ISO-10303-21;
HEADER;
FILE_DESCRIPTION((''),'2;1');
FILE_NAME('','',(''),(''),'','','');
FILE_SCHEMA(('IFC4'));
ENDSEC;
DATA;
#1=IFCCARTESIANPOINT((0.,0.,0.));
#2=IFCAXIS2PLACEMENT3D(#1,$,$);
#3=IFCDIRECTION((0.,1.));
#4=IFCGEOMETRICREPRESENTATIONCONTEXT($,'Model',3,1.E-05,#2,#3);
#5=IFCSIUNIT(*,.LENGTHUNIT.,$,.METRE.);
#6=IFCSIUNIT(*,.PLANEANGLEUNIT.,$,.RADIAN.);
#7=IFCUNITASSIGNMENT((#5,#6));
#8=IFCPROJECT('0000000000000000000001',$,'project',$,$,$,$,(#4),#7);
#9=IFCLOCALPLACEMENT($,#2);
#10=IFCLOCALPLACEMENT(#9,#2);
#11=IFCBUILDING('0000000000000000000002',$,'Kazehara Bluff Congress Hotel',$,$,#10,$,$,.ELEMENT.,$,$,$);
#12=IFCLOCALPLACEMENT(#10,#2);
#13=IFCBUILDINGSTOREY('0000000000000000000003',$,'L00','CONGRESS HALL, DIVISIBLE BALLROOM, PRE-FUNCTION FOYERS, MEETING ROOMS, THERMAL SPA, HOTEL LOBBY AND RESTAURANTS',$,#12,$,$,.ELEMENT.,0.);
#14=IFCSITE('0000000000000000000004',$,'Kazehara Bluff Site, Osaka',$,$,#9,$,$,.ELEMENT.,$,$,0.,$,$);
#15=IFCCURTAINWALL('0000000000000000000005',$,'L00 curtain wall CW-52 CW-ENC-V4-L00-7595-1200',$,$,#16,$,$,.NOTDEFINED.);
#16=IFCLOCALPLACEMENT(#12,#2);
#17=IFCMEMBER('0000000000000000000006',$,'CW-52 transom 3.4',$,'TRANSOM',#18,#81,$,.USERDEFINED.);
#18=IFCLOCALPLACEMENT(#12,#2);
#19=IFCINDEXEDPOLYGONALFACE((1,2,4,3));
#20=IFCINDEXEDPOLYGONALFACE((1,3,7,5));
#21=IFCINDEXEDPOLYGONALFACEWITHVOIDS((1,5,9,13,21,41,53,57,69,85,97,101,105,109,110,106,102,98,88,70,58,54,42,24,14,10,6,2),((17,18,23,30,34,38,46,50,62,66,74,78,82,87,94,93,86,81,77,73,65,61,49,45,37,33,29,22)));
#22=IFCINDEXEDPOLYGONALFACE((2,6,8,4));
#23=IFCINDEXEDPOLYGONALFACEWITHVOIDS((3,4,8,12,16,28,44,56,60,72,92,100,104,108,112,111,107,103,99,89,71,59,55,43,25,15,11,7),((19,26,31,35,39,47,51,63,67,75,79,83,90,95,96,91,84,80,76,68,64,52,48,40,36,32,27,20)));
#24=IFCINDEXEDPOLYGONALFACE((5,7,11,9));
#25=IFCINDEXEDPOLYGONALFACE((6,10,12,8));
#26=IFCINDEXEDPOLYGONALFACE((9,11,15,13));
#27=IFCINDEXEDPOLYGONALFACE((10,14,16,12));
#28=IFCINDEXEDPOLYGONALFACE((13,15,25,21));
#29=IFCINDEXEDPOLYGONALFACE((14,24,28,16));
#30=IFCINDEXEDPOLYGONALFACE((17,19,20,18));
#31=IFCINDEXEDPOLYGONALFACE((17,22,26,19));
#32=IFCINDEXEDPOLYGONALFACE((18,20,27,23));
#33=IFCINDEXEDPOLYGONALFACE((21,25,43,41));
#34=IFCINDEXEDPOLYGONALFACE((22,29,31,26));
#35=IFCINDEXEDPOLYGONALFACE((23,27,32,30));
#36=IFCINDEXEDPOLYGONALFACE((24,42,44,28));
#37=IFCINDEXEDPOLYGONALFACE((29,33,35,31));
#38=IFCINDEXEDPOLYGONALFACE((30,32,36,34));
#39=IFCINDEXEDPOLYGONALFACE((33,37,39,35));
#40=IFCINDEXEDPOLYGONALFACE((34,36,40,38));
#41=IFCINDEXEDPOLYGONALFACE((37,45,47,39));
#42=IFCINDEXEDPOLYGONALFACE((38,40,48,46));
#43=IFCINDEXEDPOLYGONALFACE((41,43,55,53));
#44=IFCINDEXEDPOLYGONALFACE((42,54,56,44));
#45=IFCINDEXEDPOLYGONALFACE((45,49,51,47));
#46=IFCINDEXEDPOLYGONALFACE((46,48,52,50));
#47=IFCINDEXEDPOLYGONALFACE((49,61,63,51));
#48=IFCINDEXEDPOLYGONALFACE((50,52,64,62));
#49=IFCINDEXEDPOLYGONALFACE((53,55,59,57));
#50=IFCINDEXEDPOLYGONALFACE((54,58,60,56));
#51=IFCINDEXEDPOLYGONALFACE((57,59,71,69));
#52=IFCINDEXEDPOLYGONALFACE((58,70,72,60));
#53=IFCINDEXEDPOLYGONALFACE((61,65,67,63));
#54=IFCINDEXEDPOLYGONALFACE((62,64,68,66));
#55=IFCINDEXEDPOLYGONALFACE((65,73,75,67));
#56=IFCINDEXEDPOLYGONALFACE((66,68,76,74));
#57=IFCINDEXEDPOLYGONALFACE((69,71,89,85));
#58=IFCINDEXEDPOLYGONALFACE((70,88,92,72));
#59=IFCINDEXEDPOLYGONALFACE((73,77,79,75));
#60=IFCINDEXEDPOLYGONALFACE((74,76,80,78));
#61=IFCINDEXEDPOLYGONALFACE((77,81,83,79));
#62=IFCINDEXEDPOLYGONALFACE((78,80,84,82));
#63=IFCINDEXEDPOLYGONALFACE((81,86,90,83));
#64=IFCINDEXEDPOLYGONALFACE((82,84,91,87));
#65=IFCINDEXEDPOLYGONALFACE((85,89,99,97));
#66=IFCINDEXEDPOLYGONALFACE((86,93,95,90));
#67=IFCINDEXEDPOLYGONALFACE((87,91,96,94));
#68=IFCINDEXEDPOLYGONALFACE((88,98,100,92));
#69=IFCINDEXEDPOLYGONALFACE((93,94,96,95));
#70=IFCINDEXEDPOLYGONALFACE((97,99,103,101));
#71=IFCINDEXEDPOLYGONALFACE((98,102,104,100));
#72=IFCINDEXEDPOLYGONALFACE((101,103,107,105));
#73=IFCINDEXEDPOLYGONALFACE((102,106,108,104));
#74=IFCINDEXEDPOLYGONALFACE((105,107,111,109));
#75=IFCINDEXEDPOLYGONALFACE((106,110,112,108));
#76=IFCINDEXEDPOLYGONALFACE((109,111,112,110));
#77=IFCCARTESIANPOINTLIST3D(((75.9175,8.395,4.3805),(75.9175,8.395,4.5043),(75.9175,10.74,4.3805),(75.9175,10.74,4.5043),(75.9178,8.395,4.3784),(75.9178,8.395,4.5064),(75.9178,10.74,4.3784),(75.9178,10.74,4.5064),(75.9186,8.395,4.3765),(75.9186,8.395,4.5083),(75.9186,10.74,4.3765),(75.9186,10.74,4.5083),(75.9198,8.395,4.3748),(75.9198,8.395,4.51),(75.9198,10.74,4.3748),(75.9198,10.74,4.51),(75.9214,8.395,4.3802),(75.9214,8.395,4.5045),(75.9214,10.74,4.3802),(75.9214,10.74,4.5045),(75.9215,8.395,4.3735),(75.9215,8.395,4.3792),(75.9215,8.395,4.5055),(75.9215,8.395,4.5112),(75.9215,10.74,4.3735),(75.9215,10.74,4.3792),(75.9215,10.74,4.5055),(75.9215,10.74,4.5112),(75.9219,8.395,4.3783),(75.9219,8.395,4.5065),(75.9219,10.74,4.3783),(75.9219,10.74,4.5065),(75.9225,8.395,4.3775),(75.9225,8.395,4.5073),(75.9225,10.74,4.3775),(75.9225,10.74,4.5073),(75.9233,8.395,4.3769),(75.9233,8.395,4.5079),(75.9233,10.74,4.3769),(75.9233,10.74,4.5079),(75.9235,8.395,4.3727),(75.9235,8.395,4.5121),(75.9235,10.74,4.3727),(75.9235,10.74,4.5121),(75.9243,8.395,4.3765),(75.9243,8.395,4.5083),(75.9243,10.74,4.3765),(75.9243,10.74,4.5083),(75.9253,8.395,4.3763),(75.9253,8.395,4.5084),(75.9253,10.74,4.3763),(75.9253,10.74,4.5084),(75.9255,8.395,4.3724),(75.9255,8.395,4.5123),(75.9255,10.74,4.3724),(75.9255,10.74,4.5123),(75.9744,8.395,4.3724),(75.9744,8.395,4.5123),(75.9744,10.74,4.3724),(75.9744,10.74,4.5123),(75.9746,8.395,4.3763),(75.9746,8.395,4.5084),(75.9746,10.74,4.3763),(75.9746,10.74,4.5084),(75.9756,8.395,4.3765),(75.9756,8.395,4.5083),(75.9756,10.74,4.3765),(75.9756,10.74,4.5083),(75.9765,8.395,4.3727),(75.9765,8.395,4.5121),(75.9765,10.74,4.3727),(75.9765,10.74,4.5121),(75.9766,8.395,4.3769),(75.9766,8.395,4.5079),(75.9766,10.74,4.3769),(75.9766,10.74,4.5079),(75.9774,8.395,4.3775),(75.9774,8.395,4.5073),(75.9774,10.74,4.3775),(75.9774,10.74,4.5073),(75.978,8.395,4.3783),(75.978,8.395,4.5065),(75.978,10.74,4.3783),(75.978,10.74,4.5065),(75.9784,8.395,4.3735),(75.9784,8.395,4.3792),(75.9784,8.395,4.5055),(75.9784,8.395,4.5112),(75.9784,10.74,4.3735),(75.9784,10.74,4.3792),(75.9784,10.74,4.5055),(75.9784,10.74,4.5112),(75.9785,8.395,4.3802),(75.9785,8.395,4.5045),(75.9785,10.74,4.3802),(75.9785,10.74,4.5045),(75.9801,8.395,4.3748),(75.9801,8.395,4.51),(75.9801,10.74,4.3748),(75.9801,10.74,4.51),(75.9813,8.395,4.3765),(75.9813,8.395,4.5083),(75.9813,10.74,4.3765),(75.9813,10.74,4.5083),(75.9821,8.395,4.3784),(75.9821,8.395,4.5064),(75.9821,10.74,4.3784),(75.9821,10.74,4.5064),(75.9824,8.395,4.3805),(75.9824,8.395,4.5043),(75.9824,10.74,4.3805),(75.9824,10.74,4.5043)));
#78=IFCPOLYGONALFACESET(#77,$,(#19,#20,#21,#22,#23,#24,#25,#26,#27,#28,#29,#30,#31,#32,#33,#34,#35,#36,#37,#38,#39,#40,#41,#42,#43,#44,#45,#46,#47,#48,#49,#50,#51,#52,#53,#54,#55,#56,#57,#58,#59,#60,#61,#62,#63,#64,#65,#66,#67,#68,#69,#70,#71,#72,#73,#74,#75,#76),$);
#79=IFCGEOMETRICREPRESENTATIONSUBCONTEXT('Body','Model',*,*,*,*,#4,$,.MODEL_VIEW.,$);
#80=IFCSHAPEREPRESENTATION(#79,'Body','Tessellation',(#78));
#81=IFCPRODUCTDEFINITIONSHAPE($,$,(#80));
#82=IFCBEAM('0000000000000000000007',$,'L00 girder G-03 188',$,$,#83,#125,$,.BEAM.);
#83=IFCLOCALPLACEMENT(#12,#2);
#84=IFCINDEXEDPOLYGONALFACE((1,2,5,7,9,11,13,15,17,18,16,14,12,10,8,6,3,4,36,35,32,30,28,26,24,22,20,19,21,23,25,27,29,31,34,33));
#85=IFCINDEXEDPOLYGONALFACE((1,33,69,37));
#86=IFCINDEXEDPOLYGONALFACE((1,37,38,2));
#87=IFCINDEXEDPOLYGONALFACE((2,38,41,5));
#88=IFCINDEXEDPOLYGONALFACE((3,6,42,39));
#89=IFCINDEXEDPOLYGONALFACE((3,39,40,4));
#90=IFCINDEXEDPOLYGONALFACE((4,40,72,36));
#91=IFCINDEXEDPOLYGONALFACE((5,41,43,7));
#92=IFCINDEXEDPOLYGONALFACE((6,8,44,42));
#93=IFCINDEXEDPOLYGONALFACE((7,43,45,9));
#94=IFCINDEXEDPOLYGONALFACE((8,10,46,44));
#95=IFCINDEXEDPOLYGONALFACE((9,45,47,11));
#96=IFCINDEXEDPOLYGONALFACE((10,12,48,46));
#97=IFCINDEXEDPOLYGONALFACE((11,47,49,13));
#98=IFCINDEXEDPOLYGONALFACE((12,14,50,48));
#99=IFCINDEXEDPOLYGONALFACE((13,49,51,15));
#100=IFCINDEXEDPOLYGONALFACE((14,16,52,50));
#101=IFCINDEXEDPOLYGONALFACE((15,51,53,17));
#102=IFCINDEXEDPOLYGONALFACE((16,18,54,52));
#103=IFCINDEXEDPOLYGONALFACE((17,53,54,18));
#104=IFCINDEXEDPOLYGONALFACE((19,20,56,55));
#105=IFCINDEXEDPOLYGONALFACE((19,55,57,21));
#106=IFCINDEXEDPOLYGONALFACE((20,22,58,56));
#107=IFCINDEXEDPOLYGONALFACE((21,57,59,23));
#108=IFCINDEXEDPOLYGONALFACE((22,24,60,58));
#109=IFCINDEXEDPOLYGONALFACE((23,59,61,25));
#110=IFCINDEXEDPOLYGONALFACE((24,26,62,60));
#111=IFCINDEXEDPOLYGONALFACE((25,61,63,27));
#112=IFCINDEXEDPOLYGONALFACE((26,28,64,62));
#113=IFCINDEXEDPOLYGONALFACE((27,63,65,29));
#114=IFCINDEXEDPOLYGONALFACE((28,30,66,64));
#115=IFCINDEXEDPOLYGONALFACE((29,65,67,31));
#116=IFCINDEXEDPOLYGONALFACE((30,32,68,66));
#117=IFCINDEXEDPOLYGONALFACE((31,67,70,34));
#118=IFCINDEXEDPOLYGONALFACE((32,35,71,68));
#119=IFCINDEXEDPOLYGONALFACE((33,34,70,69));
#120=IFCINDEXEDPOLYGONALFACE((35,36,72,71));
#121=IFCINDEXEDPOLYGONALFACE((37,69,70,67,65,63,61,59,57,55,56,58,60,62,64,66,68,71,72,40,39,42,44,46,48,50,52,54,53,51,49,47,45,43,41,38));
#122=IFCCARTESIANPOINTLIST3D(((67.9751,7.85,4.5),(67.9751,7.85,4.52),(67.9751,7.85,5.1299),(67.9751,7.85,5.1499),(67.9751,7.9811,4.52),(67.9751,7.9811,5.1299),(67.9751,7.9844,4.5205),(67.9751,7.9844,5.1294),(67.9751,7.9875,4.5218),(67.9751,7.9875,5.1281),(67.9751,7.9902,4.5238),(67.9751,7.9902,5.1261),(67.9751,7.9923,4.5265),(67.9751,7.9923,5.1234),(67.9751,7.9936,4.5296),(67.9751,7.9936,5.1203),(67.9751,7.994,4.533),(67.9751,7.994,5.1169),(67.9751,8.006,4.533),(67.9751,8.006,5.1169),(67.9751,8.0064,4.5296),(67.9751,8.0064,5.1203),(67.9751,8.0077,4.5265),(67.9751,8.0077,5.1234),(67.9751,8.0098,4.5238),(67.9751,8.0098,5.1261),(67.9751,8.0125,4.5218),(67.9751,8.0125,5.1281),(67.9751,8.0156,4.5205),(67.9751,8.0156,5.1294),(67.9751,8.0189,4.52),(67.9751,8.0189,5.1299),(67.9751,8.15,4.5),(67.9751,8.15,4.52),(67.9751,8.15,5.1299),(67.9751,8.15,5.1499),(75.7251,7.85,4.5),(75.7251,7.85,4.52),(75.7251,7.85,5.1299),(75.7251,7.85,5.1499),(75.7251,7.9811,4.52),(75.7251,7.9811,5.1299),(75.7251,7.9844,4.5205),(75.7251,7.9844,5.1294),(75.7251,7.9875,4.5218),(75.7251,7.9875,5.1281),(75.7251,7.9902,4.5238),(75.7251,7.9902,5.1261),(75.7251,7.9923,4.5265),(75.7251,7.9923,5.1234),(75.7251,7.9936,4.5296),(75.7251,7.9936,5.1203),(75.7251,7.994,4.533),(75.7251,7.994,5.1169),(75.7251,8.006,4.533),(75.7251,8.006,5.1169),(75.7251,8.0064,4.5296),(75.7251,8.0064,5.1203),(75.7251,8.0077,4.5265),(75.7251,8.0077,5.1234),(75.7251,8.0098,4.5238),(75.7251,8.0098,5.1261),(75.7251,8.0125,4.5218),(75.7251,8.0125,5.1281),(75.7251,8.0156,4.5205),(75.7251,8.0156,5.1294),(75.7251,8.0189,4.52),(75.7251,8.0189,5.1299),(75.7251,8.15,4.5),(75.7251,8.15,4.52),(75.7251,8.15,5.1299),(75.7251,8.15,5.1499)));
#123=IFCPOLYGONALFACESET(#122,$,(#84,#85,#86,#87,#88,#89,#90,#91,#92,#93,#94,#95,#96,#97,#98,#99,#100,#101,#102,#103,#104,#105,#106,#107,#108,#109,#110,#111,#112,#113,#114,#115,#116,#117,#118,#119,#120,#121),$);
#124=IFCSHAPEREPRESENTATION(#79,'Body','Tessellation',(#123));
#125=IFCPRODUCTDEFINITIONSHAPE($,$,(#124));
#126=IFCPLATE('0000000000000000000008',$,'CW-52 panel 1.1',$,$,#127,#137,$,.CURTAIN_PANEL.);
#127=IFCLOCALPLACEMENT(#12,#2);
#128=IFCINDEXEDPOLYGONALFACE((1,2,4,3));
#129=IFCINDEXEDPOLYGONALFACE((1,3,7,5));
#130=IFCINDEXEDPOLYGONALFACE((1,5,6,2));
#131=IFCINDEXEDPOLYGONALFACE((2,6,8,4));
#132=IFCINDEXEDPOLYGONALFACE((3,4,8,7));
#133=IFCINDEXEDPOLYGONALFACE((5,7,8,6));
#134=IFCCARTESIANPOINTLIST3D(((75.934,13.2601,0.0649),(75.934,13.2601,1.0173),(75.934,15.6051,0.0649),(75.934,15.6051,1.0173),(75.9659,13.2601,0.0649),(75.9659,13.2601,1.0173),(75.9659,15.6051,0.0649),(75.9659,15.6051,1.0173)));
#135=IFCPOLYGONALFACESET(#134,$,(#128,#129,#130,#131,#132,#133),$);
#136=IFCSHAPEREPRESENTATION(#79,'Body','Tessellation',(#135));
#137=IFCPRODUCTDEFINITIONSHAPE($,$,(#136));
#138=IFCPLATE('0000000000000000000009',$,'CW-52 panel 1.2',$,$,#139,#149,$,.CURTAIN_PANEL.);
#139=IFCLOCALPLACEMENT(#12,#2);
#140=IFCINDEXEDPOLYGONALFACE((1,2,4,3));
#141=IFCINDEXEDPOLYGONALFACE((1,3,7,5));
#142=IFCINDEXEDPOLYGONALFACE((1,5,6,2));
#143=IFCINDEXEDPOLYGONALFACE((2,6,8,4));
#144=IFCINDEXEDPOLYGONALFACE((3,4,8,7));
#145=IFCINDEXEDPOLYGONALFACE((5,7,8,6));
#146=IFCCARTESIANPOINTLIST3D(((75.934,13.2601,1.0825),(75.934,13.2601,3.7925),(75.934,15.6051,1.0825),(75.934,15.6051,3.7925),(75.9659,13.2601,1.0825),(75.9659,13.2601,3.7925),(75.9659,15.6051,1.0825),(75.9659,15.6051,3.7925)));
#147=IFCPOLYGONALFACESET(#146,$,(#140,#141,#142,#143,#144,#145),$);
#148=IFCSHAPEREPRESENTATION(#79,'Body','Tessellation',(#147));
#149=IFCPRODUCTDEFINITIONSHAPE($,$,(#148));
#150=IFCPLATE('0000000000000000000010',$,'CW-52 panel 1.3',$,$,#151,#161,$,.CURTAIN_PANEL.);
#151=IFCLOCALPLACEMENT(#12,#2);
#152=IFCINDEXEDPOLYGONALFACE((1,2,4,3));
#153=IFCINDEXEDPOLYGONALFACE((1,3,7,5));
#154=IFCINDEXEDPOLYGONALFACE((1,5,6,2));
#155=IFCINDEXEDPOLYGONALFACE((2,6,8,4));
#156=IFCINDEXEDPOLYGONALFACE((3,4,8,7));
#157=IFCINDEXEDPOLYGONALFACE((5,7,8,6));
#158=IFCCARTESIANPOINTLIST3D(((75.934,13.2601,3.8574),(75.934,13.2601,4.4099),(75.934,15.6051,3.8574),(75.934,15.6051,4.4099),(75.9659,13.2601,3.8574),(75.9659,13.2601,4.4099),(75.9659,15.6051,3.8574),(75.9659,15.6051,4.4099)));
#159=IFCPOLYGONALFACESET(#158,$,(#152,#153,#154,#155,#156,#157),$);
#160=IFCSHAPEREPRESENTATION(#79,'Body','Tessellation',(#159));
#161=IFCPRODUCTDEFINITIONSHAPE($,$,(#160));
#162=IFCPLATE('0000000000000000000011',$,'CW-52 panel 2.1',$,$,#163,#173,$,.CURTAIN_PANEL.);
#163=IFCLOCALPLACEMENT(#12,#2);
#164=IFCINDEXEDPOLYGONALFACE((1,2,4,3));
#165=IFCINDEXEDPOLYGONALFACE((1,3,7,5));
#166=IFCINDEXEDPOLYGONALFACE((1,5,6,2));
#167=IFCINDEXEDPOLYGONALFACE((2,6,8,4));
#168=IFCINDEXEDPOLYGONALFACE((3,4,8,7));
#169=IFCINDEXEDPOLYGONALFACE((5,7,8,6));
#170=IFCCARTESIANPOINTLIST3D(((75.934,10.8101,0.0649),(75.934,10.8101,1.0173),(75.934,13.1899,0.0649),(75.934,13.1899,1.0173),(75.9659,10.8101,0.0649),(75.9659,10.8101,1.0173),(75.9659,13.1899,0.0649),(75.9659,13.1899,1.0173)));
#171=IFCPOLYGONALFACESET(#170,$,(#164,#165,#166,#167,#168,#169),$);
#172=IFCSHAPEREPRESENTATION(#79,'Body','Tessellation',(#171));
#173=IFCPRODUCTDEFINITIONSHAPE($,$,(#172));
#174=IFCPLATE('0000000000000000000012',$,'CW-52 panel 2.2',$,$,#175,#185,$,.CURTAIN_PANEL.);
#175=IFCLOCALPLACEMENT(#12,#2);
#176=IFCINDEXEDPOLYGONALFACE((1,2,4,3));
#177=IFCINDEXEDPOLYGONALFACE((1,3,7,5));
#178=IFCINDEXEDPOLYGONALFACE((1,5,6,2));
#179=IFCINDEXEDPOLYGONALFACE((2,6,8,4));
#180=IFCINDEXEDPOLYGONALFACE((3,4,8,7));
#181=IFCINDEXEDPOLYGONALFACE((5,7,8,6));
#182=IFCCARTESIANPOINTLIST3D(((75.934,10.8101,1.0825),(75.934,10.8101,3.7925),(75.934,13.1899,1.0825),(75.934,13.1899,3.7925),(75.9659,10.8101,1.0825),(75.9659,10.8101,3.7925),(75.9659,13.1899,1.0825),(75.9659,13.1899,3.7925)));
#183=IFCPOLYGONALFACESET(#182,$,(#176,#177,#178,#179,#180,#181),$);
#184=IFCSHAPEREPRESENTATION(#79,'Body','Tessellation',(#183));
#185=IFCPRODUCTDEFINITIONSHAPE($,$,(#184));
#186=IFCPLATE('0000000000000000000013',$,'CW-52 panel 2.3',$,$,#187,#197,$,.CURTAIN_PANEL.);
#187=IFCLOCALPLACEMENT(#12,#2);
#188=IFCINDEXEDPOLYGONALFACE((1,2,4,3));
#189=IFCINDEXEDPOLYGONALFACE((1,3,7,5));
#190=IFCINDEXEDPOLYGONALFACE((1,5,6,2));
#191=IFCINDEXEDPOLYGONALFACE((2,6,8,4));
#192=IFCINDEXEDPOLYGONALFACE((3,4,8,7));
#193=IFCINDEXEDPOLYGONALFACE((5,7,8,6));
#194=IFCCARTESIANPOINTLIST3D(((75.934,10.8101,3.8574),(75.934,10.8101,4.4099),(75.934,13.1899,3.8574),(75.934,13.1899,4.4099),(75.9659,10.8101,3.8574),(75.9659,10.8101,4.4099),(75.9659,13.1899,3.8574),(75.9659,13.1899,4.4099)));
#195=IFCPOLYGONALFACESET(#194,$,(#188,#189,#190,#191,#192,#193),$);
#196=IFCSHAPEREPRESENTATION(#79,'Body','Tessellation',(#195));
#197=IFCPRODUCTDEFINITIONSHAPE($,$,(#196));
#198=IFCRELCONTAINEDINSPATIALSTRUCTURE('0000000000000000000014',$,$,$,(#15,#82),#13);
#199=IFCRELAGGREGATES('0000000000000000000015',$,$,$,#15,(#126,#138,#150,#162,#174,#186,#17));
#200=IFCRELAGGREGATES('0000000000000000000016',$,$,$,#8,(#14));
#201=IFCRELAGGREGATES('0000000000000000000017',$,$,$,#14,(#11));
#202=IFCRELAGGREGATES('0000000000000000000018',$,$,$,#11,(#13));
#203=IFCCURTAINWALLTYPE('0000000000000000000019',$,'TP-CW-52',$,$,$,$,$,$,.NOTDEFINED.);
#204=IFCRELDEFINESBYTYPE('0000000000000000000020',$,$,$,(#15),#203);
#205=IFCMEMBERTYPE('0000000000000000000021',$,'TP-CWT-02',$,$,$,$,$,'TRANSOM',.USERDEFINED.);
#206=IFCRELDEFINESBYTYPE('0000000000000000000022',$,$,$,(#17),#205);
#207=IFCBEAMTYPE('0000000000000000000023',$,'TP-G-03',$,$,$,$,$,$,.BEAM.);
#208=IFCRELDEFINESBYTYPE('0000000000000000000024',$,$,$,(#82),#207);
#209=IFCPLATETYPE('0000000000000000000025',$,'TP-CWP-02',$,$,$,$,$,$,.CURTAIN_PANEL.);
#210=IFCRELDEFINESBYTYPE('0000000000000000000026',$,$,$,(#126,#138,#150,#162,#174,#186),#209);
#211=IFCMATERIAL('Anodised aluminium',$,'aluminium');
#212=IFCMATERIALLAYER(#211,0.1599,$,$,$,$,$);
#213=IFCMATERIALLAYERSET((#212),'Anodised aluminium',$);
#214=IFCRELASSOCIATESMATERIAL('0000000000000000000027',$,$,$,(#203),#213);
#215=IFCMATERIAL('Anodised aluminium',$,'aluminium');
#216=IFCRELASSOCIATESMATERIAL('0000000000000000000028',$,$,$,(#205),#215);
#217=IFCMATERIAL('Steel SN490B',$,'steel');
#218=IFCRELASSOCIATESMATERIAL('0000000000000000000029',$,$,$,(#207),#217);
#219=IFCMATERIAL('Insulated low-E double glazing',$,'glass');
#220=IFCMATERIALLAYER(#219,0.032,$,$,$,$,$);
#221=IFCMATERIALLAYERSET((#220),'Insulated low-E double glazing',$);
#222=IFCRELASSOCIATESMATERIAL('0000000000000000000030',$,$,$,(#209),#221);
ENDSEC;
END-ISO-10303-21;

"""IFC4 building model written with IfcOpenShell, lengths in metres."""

from ifc_helpers import new_model, si_unit, direction, frame, origin, origin_2d, place, context, subcontext, project, spatial, rectangle, hollow_rectangle, i_section, extrude, material, layer, layer_set, material_profile, profile_set, type_object, element, aggregate, save


model = new_model("IFC4")

# Units and contexts
model_context = context("Model", 3, precision=1e-05, world=origin(), true_north=direction((0.0, 1.0)))
body_context = subcontext(model_context, "Body", "Model", "MODEL_VIEW")
ifc_project = project(units=[si_unit("LENGTHUNIT", "METRE"), si_unit("PLANEANGLEUNIT", "RADIAN")], contexts=[model_context])

# Site, building, storey
site_placement = place(None, origin())
site = spatial("IfcSite", under=ifc_project, at=site_placement, Name="Kazehara Bluff Site, Osaka", CompositionType="ELEMENT", RefElevation=0.0)
building_placement = place(site_placement, origin())
building = spatial("IfcBuilding", under=site, at=building_placement, Name="Kazehara Bluff Congress Hotel", CompositionType="ELEMENT")
storey_placement = place(building_placement, origin())
storey = spatial("IfcBuildingStorey", under=building, at=storey_placement, Name="L00", Description="CONGRESS HALL, DIVISIBLE BALLROOM, PRE-FUNCTION FOYERS, MEETING ROOMS, THERMAL SPA, HOTEL LOBBY AND RESTAURANTS", CompositionType="ELEMENT", Elevation=0.0)

# Curtain wall, member
ifc_material_1 = material(Name="Anodised aluminium", Category="aluminium")
ifc_layer_1 = layer(ifc_material_1, 0.1599)
ifc_layer_set_1 = layer_set([ifc_layer_1], Name="Anodised aluminium")
curtain_wall_type_1 = type_object("IfcCurtainWallType", Name="TP-CW-52", PredefinedType="NOTDEFINED", material=ifc_layer_set_1)
curtain_wall_1_placement = place(storey_placement, origin())
curtain_wall_1 = element("IfcCurtainWall", 1, at=curtain_wall_1_placement, inside=storey, type_object=curtain_wall_type_1, Name="L00 curtain wall CW-52 CW-ENC-V4-L00-7595-1200", PredefinedType="NOTDEFINED")
ifc_material_2 = material(Name="Anodised aluminium", Category="aluminium")
ifc_material_profile_1 = material_profile(ifc_material_2, hollow_rectangle(XDim=0.0649, YDim=0.1399, WallThickness=0.0039, InnerFilletRadius=0.0039, OuterFilletRadius=0.0081, at=origin_2d()))
ifc_profile_set_1 = profile_set([ifc_material_profile_1], Name="Anodised aluminium")
member_type_1 = type_object("IfcMemberType", Name="TP-CWT-02", ElementType="TRANSOM", PredefinedType="USERDEFINED", material=ifc_profile_set_1)
member_1_placement = place(storey_placement, frame((75.95, 10.74, 4.4424), z_axis=(0.0, -1.0, 0.0), x_axis=(1.0, 0.0, 0.0)))
member_1 = element("IfcMember", 2, at=member_1_placement, type_object=member_type_1, Name="CW-52 transom 3.4", ObjectType="TRANSOM", PredefinedType="USERDEFINED", context=body_context, shape_type="SweptSolid", body=[
    extrude(hollow_rectangle(XDim=0.0649, YDim=0.1399, WallThickness=0.0039, InnerFilletRadius=0.0039, OuterFilletRadius=0.0081, at=origin_2d()), origin(), (0.0, 0.0, 1.0), 2.345),
])

# Beam
ifc_material_3 = material(Name="Steel SN490B", Category="steel")
ifc_material_profile_2 = material_profile(ifc_material_3, i_section(OverallWidth=0.3, OverallDepth=0.6499, WebThickness=0.012, FlangeThickness=0.02, FilletRadius=0.0129, at=origin_2d()))
ifc_profile_set_2 = profile_set([ifc_material_profile_2], Name="Steel SN490B")
beam_type = type_object("IfcBeamType", Name="TP-G-03", PredefinedType="BEAM", material=ifc_profile_set_2)
beam_placement = place(storey_placement, frame((67.9751, 8.0, 4.825), z_axis=(1.0, 0.0, 0.0), x_axis=(0.0, 1.0, 0.0)))
element("IfcBeam", 3, at=beam_placement, inside=storey, type_object=beam_type, Name="L00 girder G-03 188", PredefinedType="BEAM", context=body_context, shape_type="SweptSolid", body=[
    extrude(i_section(OverallWidth=0.3, OverallDepth=0.6499, WebThickness=0.012, FlangeThickness=0.02, FilletRadius=0.0129, at=origin_2d()), origin(), (0.0, 0.0, 1.0), 7.75),
])

# Plates
ifc_material_4 = material(Name="Insulated low-E double glazing", Category="glass")
ifc_layer_2 = layer(ifc_material_4, 0.032)
ifc_layer_set_2 = layer_set([ifc_layer_2], Name="Insulated low-E double glazing")
plate_type = type_object("IfcPlateType", Name="TP-CWP-02", PredefinedType="CURTAIN_PANEL", material=ifc_layer_set_2)
plate_1_placement = place(storey_placement, frame((75.95, 14.4326, 0.0649), z_axis=(0.0, 0.0, 1.0), x_axis=(0.0, -1.0, 0.0)))
plate_1 = element("IfcPlate", 4, at=plate_1_placement, type_object=plate_type, Name="CW-52 panel 1.1", PredefinedType="CURTAIN_PANEL", context=body_context, shape_type="SweptSolid", body=[
    extrude(rectangle(XDim=2.345, YDim=0.032, at=origin_2d()), origin(), (0.0, 0.0, 1.0), 0.9524),
])
plate_2_placement = place(storey_placement, frame((75.95, 14.4326, 1.0825), z_axis=(0.0, 0.0, 1.0), x_axis=(0.0, -1.0, 0.0)))
plate_2 = element("IfcPlate", 5, at=plate_2_placement, type_object=plate_type, Name="CW-52 panel 1.2", PredefinedType="CURTAIN_PANEL", context=body_context, shape_type="SweptSolid", body=[
    extrude(rectangle(XDim=2.345, YDim=0.032, at=origin_2d()), origin(), (0.0, 0.0, 1.0), 2.71),
])
plate_3_placement = place(storey_placement, frame((75.95, 14.4326, 3.8574), z_axis=(0.0, 0.0, 1.0), x_axis=(0.0, -1.0, 0.0)))
plate_3 = element("IfcPlate", 6, at=plate_3_placement, type_object=plate_type, Name="CW-52 panel 1.3", PredefinedType="CURTAIN_PANEL", context=body_context, shape_type="SweptSolid", body=[
    extrude(rectangle(XDim=2.345, YDim=0.032, at=origin_2d()), origin(), (0.0, 0.0, 1.0), 0.5525),
])
plate_4_placement = place(storey_placement, frame((75.95, 12.0, 0.0649), z_axis=(0.0, 0.0, 1.0), x_axis=(0.0, -1.0, 0.0)))
plate_4 = element("IfcPlate", 7, at=plate_4_placement, type_object=plate_type, Name="CW-52 panel 2.1", PredefinedType="CURTAIN_PANEL", context=body_context, shape_type="SweptSolid", body=[
    extrude(rectangle(XDim=2.3799, YDim=0.032, at=origin_2d()), origin(), (0.0, 0.0, 1.0), 0.9524),
])
plate_5_placement = place(storey_placement, frame((75.95, 12.0, 1.0825), z_axis=(0.0, 0.0, 1.0), x_axis=(0.0, -1.0, 0.0)))
plate_5 = element("IfcPlate", 8, at=plate_5_placement, type_object=plate_type, Name="CW-52 panel 2.2", PredefinedType="CURTAIN_PANEL", context=body_context, shape_type="SweptSolid", body=[
    extrude(rectangle(XDim=2.3799, YDim=0.032, at=origin_2d()), origin(), (0.0, 0.0, 1.0), 2.71),
])
plate_6_placement = place(storey_placement, frame((75.95, 12.0, 3.8574), z_axis=(0.0, 0.0, 1.0), x_axis=(0.0, -1.0, 0.0)))
plate_6 = element("IfcPlate", 9, at=plate_6_placement, type_object=plate_type, Name="CW-52 panel 2.3", PredefinedType="CURTAIN_PANEL", context=body_context, shape_type="SweptSolid", body=[
    extrude(rectangle(XDim=2.3799, YDim=0.032, at=origin_2d()), origin(), (0.0, 0.0, 1.0), 0.5525),
])
aggregate(curtain_wall_1, [plate_1, plate_2, plate_3, plate_4, plate_5, plate_6, member_1])

save(model, "model.ifc")
